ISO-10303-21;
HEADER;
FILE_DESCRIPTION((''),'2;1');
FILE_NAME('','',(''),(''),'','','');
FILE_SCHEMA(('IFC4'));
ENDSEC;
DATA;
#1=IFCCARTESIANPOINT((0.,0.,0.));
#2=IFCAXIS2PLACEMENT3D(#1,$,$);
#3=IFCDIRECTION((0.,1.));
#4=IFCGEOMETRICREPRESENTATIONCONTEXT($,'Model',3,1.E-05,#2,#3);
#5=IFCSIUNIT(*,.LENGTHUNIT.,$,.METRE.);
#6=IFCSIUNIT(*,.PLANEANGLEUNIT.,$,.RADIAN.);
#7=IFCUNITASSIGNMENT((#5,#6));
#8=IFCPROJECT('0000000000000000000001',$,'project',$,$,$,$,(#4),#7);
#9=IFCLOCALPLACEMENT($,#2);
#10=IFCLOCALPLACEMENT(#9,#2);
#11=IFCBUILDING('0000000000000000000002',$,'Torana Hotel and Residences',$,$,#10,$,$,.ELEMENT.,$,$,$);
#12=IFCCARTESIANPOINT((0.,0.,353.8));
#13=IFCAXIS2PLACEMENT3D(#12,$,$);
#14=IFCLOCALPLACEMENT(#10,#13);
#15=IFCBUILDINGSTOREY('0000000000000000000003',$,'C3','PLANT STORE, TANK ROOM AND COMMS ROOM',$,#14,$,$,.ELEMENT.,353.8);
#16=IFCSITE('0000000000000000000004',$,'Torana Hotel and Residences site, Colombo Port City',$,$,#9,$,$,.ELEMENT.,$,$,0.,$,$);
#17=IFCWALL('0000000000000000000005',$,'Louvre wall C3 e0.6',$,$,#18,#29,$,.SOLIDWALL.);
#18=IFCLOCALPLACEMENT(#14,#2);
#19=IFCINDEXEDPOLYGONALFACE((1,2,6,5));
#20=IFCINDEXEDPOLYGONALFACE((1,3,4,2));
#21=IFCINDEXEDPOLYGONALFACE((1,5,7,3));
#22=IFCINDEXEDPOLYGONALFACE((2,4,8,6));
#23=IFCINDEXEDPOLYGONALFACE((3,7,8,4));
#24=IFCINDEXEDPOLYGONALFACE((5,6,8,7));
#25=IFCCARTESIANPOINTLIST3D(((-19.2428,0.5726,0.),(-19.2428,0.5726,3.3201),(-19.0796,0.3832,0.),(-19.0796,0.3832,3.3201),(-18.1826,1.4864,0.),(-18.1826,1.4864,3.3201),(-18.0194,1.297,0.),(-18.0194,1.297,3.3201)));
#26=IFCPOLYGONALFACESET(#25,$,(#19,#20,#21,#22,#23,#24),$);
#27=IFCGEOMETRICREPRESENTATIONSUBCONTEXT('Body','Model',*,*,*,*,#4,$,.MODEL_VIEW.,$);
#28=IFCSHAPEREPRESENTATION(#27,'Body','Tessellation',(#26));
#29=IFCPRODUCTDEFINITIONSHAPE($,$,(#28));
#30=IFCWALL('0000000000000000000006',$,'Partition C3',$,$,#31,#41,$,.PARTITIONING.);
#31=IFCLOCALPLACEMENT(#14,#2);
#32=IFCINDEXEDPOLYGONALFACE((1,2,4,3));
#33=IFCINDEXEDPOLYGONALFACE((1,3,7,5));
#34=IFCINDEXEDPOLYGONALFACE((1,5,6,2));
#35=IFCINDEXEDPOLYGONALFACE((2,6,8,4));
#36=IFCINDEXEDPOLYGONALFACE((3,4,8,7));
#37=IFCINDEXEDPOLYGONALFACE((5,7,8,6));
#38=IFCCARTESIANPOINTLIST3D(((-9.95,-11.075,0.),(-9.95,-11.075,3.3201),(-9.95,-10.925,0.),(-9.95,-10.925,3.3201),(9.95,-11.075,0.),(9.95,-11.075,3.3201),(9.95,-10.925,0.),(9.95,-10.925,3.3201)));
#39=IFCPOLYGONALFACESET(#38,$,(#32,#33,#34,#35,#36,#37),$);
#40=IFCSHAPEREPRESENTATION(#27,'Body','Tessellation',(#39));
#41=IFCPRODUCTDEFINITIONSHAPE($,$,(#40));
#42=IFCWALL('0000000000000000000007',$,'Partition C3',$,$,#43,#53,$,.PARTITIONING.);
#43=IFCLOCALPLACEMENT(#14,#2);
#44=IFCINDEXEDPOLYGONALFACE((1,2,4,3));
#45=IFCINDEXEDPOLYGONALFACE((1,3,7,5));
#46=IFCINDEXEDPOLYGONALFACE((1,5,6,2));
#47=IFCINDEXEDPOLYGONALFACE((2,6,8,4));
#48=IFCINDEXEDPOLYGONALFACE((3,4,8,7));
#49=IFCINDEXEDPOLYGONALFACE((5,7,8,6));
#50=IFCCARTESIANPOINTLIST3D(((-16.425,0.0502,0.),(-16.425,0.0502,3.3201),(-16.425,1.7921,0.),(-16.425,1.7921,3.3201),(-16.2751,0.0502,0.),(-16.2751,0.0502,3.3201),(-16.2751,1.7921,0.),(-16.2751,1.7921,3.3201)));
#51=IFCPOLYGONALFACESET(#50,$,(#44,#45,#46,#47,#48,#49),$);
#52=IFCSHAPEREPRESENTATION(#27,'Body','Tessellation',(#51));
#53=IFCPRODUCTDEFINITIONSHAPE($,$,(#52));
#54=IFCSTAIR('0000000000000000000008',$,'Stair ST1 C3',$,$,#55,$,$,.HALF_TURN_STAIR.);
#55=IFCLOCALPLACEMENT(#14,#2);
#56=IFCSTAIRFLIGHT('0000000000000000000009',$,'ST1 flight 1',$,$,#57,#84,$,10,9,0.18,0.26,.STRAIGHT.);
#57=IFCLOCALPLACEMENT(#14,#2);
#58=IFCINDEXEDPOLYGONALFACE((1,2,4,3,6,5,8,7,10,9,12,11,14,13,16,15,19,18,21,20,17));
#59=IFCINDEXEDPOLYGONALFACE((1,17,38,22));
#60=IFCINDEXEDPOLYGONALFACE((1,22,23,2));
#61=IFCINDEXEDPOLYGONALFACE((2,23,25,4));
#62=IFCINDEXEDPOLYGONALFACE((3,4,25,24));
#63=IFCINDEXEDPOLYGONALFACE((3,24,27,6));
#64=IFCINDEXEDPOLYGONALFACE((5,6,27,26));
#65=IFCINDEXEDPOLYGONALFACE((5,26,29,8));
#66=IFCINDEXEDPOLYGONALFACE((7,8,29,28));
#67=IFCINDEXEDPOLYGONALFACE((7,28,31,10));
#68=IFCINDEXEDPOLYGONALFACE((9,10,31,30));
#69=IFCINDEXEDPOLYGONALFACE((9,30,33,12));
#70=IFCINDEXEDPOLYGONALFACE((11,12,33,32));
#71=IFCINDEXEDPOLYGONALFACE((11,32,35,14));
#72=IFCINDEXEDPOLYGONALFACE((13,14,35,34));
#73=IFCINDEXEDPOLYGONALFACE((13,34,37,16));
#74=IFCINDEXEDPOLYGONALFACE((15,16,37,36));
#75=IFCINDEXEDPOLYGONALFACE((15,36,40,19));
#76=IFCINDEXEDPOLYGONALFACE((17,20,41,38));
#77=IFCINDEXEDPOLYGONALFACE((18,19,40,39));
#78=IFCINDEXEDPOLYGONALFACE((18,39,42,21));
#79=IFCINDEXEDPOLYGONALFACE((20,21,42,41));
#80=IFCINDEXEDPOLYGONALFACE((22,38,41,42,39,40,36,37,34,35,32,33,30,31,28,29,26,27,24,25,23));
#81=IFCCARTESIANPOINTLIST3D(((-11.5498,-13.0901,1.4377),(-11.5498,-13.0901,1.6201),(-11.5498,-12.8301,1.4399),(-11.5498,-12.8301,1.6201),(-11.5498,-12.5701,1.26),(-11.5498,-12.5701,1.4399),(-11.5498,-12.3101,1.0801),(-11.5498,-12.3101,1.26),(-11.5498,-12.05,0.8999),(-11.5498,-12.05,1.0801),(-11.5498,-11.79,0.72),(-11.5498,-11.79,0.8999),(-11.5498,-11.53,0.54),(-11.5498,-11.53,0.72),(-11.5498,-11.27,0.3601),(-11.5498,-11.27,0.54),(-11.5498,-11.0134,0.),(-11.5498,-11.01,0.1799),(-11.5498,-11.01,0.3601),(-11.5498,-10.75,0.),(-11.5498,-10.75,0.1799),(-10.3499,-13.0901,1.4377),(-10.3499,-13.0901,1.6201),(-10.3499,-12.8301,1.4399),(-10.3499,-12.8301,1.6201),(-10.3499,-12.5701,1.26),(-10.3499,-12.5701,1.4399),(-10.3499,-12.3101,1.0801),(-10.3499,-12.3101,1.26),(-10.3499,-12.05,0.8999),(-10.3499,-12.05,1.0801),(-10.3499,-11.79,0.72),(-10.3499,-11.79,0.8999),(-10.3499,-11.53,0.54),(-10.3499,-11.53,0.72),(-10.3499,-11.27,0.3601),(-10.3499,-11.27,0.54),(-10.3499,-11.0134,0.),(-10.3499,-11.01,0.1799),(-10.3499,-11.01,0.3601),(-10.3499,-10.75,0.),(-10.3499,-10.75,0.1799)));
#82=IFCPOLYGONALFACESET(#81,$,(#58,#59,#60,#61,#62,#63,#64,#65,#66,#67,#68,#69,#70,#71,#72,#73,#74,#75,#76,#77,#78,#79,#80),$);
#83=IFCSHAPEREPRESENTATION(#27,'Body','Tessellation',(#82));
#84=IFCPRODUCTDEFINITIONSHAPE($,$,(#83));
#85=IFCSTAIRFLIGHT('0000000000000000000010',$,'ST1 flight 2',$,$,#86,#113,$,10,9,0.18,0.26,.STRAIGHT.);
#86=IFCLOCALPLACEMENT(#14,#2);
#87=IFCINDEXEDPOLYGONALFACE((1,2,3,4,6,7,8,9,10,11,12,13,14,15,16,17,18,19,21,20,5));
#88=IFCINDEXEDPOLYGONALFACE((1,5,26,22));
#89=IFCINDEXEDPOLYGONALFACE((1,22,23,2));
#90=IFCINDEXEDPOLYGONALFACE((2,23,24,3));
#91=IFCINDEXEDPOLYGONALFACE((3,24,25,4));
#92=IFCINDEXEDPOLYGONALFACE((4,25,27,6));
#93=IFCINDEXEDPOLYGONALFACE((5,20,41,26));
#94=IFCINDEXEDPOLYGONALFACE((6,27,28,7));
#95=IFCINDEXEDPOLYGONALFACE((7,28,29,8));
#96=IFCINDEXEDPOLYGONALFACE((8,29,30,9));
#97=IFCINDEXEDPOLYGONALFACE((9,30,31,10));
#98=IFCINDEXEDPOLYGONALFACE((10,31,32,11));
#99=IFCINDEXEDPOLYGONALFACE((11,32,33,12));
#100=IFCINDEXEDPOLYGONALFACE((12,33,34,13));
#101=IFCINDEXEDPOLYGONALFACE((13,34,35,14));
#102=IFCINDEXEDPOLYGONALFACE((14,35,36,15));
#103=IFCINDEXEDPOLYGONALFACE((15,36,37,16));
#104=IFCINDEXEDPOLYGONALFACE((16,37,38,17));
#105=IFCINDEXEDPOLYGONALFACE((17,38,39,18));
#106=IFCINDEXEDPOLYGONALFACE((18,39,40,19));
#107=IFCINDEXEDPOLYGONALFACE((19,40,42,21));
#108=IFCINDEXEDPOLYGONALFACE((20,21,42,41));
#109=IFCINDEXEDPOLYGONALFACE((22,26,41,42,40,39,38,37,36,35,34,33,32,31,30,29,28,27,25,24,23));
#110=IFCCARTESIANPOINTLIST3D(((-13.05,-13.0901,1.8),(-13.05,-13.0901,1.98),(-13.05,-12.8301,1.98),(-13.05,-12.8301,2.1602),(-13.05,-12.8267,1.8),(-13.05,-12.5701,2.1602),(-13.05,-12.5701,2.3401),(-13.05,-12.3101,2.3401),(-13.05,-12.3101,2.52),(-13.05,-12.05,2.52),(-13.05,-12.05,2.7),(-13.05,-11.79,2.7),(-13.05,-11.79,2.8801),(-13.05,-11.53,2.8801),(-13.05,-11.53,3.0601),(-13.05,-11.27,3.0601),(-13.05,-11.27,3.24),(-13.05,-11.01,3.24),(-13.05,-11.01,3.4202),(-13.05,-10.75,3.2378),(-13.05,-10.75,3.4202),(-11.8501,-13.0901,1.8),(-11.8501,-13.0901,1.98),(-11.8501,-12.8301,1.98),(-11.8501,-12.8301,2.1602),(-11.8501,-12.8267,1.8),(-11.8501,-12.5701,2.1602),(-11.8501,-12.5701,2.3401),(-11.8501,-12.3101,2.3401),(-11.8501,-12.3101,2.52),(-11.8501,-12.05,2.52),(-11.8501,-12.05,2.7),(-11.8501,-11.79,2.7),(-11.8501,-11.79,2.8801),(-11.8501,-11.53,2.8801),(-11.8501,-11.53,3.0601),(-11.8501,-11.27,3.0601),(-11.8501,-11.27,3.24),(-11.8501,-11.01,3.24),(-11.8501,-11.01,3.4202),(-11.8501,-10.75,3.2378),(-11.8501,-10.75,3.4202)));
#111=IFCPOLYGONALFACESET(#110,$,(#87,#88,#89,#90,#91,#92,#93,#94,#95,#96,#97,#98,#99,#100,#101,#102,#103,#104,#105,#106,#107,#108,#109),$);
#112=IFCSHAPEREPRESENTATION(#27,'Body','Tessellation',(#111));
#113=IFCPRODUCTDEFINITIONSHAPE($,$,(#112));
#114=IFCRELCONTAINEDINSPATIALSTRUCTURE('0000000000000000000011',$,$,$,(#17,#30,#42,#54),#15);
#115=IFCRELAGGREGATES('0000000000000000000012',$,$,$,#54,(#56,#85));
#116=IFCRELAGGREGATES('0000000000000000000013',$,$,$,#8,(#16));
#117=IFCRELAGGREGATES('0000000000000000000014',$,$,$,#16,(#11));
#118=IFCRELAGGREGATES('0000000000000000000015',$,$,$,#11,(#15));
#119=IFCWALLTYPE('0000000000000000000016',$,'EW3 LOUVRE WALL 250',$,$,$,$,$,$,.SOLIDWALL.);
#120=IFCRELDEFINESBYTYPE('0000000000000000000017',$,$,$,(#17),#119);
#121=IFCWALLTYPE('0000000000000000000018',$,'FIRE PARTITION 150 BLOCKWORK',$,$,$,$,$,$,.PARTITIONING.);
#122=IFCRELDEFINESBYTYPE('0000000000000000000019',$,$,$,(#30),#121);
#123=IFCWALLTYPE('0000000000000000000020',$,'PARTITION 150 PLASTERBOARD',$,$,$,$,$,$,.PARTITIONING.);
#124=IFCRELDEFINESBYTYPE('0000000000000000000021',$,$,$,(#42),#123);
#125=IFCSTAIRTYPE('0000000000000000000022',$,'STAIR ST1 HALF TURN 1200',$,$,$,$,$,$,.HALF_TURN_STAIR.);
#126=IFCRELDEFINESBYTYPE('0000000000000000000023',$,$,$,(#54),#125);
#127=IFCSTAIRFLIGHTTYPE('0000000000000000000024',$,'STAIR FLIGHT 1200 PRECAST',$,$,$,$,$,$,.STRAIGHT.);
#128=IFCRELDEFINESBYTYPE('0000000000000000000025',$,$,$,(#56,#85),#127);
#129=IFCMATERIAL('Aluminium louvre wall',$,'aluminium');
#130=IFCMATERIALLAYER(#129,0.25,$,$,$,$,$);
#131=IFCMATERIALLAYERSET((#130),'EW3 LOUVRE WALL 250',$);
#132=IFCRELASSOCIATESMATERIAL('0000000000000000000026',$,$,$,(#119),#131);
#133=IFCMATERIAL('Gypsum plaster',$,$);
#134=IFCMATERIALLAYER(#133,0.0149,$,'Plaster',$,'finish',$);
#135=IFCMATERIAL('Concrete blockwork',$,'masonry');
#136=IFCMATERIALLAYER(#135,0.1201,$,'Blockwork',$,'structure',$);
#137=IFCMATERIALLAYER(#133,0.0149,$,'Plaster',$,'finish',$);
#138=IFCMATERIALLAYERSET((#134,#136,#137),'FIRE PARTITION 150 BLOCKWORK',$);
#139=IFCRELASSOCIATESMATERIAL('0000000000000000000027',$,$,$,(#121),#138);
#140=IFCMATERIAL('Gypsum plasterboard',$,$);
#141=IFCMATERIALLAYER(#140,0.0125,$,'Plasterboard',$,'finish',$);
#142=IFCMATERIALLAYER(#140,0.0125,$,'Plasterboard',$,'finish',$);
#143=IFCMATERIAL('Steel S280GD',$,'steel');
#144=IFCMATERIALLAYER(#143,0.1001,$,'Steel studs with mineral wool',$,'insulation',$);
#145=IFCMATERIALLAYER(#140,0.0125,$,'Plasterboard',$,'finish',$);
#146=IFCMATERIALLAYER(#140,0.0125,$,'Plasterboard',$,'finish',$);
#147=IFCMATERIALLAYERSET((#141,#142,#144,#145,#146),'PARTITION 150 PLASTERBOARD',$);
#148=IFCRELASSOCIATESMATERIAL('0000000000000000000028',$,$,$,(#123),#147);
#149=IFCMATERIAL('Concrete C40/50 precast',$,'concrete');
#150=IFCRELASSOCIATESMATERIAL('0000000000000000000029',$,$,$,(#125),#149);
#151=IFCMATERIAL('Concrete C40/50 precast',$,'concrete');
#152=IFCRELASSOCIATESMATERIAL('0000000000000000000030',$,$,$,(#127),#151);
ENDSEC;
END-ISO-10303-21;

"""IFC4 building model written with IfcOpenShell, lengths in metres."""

from ifc_helpers import new_model, si_unit, direction, frame, frame_2d, origin, place, context, subcontext, project, spatial, polyline, rectangle, outline, extrude, material, layer, layer_set, type_object, element, aggregate, save


model = new_model("IFC4")

# Units and contexts
model_context = context("Model", 3, precision=1e-05, world=origin(), true_north=direction((0.0, 1.0)))
body_context = subcontext(model_context, "Body", "Model", "MODEL_VIEW")
ifc_project = project(units=[si_unit("LENGTHUNIT", "METRE"), si_unit("PLANEANGLEUNIT", "RADIAN")], contexts=[model_context])

# Site, building, storey
site_placement = place(None, origin())
site = spatial("IfcSite", under=ifc_project, at=site_placement, Name="Torana Hotel and Residences site, Colombo Port City", CompositionType="ELEMENT", RefElevation=0.0)
building_placement = place(site_placement, origin())
building = spatial("IfcBuilding", under=site, at=building_placement, Name="Torana Hotel and Residences", CompositionType="ELEMENT")
storey_placement = place(building_placement, frame((0.0, 0.0, 353.8)))
storey = spatial("IfcBuildingStorey", under=building, at=storey_placement, Name="C3", Description="PLANT STORE, TANK ROOM AND COMMS ROOM", CompositionType="ELEMENT", Elevation=353.8)

# Walls
ifc_material_1 = material(Name="Aluminium louvre wall", Category="aluminium")
ifc_layer_1 = layer(ifc_material_1, 0.25)
ifc_layer_set_1 = layer_set([ifc_layer_1], Name="EW3 LOUVRE WALL 250")
wall_type_1 = type_object("IfcWallType", Name="EW3 LOUVRE WALL 250", PredefinedType="SOLIDWALL", material=ifc_layer_set_1)
wall_1_placement = place(storey_placement, frame((-18.1011, 1.3916, 0.0), z_axis=(0.0, 0.0, 1.0), x_axis=(-0.757493, -0.652843, 0.0)))
element("IfcWall", 1, at=wall_1_placement, inside=storey, type_object=wall_type_1, Name="Louvre wall C3 e0.6", PredefinedType="SOLIDWALL", context=body_context, shape_type="SweptSolid", body=[
    extrude(rectangle(XDim=1.3997, YDim=0.25, at=frame_2d((0.6997, 0.0))), origin(), (0.0, 0.0, 1.0), 3.3201),
])
ifc_material_2 = material(Name="Gypsum plaster")
ifc_layer_2 = layer(ifc_material_2, 0.0149, Name="Plaster", Category="finish")
ifc_material_3 = material(Name="Concrete blockwork", Category="masonry")
ifc_layer_3 = layer(ifc_material_3, 0.1201, Name="Blockwork", Category="structure")
ifc_layer_4 = layer(ifc_material_2, 0.0149, Name="Plaster", Category="finish")
ifc_layer_set_2 = layer_set([ifc_layer_2, ifc_layer_3, ifc_layer_4], Name="FIRE PARTITION 150 BLOCKWORK")
wall_type_2 = type_object("IfcWallType", Name="FIRE PARTITION 150 BLOCKWORK", PredefinedType="PARTITIONING", material=ifc_layer_set_2)
wall_2_placement = place(storey_placement, frame((-9.95, -11.0, 0.0), z_axis=(0.0, 0.0, 1.0), x_axis=(1.0, 0.0, 0.0)))
element("IfcWall", 2, at=wall_2_placement, inside=storey, type_object=wall_type_2, Name="Partition C3", PredefinedType="PARTITIONING", context=body_context, shape_type="SweptSolid", body=[
    extrude(rectangle(XDim=19.8999, YDim=0.1499, at=frame_2d((9.95, 0.0))), origin(), (0.0, 0.0, 1.0), 3.3201),
])
ifc_material_4 = material(Name="Gypsum plasterboard")
ifc_layer_5 = layer(ifc_material_4, 0.0125, Name="Plasterboard", Category="finish")
ifc_layer_6 = layer(ifc_material_4, 0.0125, Name="Plasterboard", Category="finish")
ifc_material_5 = material(Name="Steel S280GD", Category="steel")
ifc_layer_7 = layer(ifc_material_5, 0.1001, Name="Steel studs with mineral wool", Category="insulation")
ifc_layer_8 = layer(ifc_material_4, 0.0125, Name="Plasterboard", Category="finish")
ifc_layer_9 = layer(ifc_material_4, 0.0125, Name="Plasterboard", Category="finish")
ifc_layer_set_3 = layer_set([ifc_layer_5, ifc_layer_6, ifc_layer_7, ifc_layer_8, ifc_layer_9], Name="PARTITION 150 PLASTERBOARD")
wall_type_3 = type_object("IfcWallType", Name="PARTITION 150 PLASTERBOARD", PredefinedType="PARTITIONING", material=ifc_layer_set_3)
wall_3_placement = place(storey_placement, frame((-16.3501, 0.05, 0.0), z_axis=(0.0, 0.0, 1.0), x_axis=(0.0, 1.0, 0.0)))
element("IfcWall", 3, at=wall_3_placement, inside=storey, type_object=wall_type_3, Name="Partition C3", PredefinedType="PARTITIONING", context=body_context, shape_type="SweptSolid", body=[
    extrude(rectangle(XDim=1.7419, YDim=0.1499, at=frame_2d((0.8711, 0.0))), origin(), (0.0, 0.0, 1.0), 3.3201),
])

# Stair, stair flights
ifc_material_6 = material(Name="Concrete C40/50 precast", Category="concrete")
stair_type = type_object("IfcStairType", Name="STAIR ST1 HALF TURN 1200", PredefinedType="HALF_TURN_STAIR", material=ifc_material_6)
stair_placement = place(storey_placement, origin())
stair = element("IfcStair", 4, at=stair_placement, inside=storey, type_object=stair_type, Name="Stair ST1 C3", PredefinedType="HALF_TURN_STAIR")
ifc_material_7 = material(Name="Concrete C40/50 precast", Category="concrete")
stair_flight_type = type_object("IfcStairFlightType", Name="STAIR FLIGHT 1200 PRECAST", PredefinedType="STRAIGHT", material=ifc_material_7)
stair_flight_1_placement = place(storey_placement, frame((-10.95, -10.75, 0.0), z_axis=(0.0, 0.0, 1.0), x_axis=(0.0, -1.0, 0.0)))
stair_flight_1 = element("IfcStairFlight", 5, at=stair_flight_1_placement, type_object=stair_flight_type, Name="ST1 flight 1", NumberOfRisers=10, NumberOfTreads=9, PredefinedType="STRAIGHT", RiserHeight=0.18, TreadLength=0.26, context=body_context, shape_type="SweptSolid", body=[
    extrude(outline(polyline([(0.0, 0.0), (0.0, 0.1799), (0.26, 0.1799), (0.26, 0.3601), (0.52, 0.3601), (0.52, 0.54), (0.78, 0.54), (0.78, 0.72), (1.04, 0.72), (1.04, 0.8999), (1.3, 0.8999), (1.3, 1.0801), (1.5601, 1.0801), (1.5601, 1.26), (1.8201, 1.26), (1.8201, 1.4399), (2.0801, 1.4399), (2.0801, 1.6201), (2.3401, 1.6201), (2.3401, 1.8), (2.3401, 1.4377), (0.2634, 0.0), (0.0, 0.0)])), frame((0.0, 0.6001, 0.0), z_axis=(0.0, -1.0, 0.0), x_axis=(1.0, 0.0, 0.0)), (0.0, 0.0, 1.0), 1.2),
])
stair_flight_2_placement = place(storey_placement, frame((-12.45, -13.0901, 1.8), z_axis=(0.0, 0.0, 1.0), x_axis=(0.0, 1.0, 0.0)))
stair_flight_2 = element("IfcStairFlight", 6, at=stair_flight_2_placement, type_object=stair_flight_type, Name="ST1 flight 2", NumberOfRisers=10, NumberOfTreads=9, PredefinedType="STRAIGHT", RiserHeight=0.18, TreadLength=0.26, context=body_context, shape_type="SweptSolid", body=[
    extrude(outline(polyline([(0.0, 0.0), (0.0, 0.1799), (0.26, 0.1799), (0.26, 0.3601), (0.52, 0.3601), (0.52, 0.54), (0.78, 0.54), (0.78, 0.72), (1.04, 0.72), (1.04, 0.8999), (1.3, 0.8999), (1.3, 1.0801), (1.5601, 1.0801), (1.5601, 1.26), (1.8201, 1.26), (1.8201, 1.4399), (2.0801, 1.4399), (2.0801, 1.6201), (2.3401, 1.6201), (2.3401, 1.8), (2.3401, 1.4377), (0.2634, 0.0), (0.0, 0.0)])), frame((0.0, 0.6001, 0.0), z_axis=(0.0, -1.0, 0.0), x_axis=(1.0, 0.0, 0.0)), (0.0, 0.0, 1.0), 1.2),
])
aggregate(stair, [stair_flight_1, stair_flight_2])

save(model, "model.ifc")
